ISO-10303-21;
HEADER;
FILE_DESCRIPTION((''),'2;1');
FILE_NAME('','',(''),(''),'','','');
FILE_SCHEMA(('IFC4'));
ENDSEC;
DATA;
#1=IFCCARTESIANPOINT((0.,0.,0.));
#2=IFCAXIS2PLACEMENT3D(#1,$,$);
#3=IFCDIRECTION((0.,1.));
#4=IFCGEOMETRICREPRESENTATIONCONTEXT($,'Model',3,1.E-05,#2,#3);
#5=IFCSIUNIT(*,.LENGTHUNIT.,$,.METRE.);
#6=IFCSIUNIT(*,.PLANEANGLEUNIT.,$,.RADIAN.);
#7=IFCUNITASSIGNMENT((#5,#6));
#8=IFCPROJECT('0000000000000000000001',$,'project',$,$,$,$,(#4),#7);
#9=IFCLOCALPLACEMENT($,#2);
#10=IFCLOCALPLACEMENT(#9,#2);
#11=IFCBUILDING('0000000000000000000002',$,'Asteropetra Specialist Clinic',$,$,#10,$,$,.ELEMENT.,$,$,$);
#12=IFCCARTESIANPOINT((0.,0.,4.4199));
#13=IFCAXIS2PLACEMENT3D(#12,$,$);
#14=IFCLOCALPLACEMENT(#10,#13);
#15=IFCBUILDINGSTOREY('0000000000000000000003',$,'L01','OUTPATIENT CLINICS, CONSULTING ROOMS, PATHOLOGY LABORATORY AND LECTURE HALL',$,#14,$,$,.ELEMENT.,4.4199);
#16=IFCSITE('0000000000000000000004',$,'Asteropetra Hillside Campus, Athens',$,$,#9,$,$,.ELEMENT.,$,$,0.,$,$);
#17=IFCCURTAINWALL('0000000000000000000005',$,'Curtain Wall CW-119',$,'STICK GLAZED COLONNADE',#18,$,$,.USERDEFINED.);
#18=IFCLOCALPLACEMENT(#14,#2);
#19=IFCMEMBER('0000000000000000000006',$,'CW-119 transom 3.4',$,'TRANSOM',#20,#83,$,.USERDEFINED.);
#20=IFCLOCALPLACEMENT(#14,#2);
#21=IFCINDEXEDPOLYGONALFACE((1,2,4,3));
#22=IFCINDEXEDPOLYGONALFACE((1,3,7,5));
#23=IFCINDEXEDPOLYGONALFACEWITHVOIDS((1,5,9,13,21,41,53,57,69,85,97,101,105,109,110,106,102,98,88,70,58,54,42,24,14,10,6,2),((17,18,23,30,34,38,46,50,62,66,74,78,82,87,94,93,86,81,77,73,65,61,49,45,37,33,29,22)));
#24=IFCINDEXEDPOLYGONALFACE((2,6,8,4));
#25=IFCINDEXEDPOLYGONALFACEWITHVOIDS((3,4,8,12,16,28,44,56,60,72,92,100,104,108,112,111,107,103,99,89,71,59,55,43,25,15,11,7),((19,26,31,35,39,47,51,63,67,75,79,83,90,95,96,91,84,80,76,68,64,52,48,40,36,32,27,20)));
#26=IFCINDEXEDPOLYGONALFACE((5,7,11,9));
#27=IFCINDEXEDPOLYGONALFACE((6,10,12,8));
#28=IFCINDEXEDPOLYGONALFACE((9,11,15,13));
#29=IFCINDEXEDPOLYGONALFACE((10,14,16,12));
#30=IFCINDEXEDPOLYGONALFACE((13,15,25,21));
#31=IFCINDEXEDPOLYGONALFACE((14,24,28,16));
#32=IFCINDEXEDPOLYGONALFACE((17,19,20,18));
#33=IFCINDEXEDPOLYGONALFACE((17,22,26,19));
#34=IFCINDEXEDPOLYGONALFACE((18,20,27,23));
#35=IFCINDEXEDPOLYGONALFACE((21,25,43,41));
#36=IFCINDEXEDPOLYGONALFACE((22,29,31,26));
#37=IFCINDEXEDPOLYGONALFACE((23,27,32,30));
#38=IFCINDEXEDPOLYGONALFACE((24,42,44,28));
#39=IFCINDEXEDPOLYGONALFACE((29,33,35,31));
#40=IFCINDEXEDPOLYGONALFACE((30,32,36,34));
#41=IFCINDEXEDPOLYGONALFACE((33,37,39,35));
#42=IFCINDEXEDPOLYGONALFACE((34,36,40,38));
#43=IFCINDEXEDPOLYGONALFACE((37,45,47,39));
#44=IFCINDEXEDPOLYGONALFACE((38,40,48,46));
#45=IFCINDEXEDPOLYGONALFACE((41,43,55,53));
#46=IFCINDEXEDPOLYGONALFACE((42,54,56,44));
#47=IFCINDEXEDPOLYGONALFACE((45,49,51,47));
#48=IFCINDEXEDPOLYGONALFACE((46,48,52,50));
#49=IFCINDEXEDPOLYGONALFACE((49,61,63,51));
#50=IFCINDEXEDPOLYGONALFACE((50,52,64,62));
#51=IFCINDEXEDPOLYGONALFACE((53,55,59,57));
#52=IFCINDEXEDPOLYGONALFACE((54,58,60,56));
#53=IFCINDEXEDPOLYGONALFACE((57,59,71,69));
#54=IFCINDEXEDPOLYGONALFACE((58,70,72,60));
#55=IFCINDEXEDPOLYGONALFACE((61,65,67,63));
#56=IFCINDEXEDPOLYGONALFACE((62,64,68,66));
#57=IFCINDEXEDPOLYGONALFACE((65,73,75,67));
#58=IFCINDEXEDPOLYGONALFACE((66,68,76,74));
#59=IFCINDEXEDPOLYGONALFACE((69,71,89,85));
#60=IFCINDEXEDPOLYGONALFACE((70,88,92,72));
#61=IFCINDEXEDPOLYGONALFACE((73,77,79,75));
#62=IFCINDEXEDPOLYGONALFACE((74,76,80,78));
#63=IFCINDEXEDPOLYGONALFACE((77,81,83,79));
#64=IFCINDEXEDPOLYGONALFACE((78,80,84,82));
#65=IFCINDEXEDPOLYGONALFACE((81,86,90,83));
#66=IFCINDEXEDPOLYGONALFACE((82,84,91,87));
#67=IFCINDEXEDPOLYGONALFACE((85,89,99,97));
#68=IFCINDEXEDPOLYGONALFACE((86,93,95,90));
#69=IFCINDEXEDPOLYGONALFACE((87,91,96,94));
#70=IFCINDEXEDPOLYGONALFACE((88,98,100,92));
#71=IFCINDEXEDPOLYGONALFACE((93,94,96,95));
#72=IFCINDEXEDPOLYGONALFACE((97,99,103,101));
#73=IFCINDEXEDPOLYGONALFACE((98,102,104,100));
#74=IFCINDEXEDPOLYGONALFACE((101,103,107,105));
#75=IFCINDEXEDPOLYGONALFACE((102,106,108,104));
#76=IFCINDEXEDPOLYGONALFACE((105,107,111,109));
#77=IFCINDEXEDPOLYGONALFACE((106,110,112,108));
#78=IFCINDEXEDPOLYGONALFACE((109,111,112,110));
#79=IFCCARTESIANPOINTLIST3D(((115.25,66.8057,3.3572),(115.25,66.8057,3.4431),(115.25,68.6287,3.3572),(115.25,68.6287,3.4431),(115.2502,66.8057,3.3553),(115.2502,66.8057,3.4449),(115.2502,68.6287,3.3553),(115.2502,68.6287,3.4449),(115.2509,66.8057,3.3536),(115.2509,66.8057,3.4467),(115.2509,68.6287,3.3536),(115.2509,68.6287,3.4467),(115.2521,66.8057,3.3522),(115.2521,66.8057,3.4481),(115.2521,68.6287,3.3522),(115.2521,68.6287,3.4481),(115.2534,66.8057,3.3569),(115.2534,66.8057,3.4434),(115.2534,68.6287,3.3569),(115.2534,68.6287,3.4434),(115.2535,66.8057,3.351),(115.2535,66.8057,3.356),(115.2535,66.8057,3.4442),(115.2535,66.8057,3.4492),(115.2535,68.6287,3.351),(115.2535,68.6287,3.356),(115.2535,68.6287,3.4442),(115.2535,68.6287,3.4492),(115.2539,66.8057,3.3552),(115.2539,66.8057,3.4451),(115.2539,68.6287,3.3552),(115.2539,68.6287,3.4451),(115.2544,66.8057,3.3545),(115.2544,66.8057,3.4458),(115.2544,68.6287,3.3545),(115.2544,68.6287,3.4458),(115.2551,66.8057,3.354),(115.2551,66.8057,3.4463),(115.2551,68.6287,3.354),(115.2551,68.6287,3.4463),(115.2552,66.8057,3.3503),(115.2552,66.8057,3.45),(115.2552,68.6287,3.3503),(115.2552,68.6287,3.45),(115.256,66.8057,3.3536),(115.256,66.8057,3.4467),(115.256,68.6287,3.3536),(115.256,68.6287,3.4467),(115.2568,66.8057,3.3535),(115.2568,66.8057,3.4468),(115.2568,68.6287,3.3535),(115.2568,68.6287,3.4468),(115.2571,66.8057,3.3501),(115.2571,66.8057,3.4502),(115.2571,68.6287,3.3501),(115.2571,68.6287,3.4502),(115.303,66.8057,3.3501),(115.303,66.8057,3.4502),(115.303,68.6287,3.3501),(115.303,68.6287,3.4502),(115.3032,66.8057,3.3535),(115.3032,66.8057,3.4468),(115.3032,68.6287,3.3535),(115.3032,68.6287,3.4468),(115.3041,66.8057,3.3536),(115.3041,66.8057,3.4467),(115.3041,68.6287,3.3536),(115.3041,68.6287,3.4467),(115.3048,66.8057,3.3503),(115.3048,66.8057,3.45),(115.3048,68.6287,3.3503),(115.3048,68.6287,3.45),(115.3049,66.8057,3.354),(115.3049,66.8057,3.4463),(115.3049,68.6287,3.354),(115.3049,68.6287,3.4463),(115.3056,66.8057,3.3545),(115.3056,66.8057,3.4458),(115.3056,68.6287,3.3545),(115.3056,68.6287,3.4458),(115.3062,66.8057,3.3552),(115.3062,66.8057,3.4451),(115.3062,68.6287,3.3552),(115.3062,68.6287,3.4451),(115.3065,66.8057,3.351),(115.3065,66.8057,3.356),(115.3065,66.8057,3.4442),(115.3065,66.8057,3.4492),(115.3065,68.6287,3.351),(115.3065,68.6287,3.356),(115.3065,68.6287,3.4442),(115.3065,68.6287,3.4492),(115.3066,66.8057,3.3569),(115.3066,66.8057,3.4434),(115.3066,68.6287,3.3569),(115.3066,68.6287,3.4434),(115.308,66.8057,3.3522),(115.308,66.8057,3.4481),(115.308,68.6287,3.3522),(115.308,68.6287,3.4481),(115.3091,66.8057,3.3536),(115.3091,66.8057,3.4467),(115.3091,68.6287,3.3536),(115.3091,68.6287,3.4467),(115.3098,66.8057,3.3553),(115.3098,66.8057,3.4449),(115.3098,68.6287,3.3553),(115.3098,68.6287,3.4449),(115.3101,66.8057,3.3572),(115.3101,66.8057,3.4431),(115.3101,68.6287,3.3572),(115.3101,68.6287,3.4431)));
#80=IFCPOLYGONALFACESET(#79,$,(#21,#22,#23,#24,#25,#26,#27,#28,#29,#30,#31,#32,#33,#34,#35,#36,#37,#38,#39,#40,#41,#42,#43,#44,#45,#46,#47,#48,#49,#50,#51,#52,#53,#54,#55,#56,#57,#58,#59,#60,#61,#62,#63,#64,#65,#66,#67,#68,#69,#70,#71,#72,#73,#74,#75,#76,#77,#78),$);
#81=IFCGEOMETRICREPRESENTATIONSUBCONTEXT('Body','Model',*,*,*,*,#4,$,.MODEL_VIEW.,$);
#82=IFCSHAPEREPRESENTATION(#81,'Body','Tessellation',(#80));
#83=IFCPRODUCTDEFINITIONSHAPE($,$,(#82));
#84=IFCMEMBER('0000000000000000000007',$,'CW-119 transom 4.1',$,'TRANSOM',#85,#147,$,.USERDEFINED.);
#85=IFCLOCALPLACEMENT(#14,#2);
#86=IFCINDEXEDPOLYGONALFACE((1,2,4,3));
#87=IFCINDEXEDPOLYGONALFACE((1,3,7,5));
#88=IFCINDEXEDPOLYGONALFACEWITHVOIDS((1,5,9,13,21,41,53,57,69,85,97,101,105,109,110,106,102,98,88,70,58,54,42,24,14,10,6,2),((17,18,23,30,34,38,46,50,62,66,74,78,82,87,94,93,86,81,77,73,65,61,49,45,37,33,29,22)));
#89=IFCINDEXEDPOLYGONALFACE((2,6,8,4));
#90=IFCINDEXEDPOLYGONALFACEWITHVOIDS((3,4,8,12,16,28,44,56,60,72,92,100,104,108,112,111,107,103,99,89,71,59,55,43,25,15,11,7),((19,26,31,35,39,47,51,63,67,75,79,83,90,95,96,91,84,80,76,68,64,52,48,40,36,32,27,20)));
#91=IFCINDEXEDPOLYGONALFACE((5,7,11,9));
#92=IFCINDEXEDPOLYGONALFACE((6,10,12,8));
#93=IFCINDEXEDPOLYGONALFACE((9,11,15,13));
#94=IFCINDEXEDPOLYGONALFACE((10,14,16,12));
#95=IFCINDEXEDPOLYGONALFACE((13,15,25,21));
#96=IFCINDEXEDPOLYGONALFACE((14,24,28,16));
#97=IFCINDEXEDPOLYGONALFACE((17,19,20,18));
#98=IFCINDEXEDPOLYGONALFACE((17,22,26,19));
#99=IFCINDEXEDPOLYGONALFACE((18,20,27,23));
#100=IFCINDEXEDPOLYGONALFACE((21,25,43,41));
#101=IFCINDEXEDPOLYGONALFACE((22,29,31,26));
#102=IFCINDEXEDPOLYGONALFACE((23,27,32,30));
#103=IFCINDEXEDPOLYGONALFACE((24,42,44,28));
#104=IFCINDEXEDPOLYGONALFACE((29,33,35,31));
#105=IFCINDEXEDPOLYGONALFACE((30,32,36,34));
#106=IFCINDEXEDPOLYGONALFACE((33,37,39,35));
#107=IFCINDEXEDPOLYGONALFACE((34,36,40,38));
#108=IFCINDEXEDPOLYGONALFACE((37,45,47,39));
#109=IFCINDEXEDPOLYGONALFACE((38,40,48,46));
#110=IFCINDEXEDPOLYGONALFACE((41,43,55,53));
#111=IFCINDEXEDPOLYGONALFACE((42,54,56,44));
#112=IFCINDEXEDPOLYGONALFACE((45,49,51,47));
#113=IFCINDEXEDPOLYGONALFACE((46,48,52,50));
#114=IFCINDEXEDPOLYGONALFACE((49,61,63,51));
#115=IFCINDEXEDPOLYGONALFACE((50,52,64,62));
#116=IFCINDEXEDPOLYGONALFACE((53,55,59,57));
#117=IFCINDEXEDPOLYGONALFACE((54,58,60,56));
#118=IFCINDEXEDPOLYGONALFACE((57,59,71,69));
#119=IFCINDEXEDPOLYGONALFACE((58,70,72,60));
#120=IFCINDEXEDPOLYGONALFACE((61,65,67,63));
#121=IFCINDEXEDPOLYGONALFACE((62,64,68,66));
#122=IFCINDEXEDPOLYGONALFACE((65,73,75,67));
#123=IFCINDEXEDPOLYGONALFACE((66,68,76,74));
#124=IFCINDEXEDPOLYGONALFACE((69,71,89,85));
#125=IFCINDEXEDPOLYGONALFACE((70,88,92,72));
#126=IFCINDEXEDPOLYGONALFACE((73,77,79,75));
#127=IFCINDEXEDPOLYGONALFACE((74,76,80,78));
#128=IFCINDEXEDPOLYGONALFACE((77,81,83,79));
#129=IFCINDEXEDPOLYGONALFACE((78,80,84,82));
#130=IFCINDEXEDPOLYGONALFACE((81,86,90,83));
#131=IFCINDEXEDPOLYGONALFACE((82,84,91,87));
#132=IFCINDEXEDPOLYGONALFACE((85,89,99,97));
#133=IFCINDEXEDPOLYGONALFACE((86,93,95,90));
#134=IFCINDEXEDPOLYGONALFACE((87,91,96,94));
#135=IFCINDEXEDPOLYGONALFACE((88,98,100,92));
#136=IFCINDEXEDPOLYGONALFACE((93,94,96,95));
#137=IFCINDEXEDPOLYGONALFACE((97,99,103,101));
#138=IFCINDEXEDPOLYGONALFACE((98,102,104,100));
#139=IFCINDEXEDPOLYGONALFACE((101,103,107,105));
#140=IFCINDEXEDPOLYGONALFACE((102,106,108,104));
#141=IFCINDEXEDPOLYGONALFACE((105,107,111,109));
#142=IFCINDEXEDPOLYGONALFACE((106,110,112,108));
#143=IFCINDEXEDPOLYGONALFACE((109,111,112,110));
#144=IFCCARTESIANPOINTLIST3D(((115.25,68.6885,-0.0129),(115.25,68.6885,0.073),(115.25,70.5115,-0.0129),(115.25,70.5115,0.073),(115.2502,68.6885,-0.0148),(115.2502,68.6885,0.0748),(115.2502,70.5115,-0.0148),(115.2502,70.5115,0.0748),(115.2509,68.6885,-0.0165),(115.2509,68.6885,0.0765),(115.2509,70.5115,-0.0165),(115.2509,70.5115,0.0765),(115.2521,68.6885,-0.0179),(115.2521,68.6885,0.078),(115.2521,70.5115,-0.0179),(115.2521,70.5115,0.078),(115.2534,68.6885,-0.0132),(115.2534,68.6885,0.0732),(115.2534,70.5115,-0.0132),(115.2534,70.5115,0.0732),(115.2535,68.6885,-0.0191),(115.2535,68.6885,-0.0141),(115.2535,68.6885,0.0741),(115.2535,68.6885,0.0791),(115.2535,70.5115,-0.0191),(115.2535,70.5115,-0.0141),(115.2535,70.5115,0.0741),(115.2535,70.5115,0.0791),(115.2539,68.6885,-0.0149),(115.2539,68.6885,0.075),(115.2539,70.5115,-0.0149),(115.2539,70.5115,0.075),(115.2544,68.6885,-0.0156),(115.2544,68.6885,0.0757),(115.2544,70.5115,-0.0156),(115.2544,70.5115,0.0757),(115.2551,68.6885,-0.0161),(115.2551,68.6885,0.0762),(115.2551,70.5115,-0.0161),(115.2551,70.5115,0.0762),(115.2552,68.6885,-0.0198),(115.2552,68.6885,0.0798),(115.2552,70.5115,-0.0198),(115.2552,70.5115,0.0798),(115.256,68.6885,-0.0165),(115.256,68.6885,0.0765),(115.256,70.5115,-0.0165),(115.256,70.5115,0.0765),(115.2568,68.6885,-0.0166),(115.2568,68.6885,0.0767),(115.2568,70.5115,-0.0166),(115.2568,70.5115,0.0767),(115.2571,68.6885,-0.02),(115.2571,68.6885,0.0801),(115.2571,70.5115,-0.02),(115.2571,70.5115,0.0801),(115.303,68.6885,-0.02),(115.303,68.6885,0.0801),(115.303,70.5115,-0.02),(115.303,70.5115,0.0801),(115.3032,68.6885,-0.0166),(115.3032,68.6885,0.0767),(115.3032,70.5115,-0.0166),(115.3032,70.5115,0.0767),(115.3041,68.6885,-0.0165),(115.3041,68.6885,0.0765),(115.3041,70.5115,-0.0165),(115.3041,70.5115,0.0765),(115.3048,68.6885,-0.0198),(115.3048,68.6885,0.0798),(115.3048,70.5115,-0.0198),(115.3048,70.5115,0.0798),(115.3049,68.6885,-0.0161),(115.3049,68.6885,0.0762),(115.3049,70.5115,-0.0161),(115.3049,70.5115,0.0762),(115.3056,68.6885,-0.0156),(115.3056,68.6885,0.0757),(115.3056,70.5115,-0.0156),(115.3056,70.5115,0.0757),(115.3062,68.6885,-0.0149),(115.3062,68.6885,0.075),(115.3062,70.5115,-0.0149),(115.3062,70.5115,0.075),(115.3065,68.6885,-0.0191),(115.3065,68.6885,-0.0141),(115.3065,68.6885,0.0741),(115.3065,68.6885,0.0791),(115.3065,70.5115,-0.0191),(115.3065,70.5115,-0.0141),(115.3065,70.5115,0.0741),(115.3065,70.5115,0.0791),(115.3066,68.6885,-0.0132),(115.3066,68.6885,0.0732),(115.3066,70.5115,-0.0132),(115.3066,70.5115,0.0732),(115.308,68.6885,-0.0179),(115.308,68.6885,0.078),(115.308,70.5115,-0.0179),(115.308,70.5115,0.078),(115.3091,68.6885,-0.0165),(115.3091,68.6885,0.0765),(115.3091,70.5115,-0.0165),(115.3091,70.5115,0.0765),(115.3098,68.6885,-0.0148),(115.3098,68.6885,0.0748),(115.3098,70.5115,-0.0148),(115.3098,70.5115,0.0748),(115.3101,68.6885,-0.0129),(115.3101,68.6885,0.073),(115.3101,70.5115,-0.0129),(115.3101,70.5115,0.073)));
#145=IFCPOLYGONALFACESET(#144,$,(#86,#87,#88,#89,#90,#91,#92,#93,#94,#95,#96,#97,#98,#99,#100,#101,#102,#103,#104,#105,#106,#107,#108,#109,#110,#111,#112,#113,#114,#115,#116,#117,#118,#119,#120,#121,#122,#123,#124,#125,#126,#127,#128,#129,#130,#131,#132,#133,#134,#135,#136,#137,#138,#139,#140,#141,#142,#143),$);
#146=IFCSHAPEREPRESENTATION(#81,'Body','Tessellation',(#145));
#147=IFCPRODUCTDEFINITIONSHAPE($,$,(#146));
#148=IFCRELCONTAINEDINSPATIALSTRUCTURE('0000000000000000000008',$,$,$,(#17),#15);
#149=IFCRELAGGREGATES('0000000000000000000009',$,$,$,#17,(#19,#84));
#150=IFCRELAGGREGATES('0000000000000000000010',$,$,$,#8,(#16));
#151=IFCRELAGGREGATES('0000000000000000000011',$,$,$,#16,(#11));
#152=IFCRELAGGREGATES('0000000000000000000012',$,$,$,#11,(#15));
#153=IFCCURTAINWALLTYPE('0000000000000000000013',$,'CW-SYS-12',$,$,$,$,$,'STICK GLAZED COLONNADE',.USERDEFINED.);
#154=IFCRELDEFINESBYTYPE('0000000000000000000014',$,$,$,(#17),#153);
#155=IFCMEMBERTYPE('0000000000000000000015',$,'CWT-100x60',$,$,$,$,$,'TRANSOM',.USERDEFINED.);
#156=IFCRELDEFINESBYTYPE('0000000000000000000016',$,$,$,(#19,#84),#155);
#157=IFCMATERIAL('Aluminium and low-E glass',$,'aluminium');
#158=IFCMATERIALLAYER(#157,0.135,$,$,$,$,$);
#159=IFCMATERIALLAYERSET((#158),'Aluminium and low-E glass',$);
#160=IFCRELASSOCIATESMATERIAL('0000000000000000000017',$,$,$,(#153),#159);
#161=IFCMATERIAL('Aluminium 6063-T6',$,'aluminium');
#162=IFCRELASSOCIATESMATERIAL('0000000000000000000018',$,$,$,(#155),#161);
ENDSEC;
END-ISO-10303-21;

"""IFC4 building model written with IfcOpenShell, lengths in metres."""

from ifc_helpers import new_model, si_unit, direction, frame, origin, origin_2d, place, context, subcontext, project, spatial, hollow_rectangle, extrude, material, layer, layer_set, material_profile, profile_set, type_object, element, aggregate, save


model = new_model("IFC4")

# Units and contexts
model_context = context("Model", 3, precision=1e-05, world=origin(), true_north=direction((0.0, 1.0)))
body_context = subcontext(model_context, "Body", "Model", "MODEL_VIEW")
ifc_project = project(units=[si_unit("LENGTHUNIT", "METRE"), si_unit("PLANEANGLEUNIT", "RADIAN")], contexts=[model_context])

# Site, building, storey
site_placement = place(None, origin())
site = spatial("IfcSite", under=ifc_project, at=site_placement, Name="Asteropetra Hillside Campus, Athens", CompositionType="ELEMENT", RefElevation=0.0)
building_placement = place(site_placement, origin())
building = spatial("IfcBuilding", under=site, at=building_placement, Name="Asteropetra Specialist Clinic", CompositionType="ELEMENT")
storey_placement = place(building_placement, frame((0.0, 0.0, 4.4199)))
storey = spatial("IfcBuildingStorey", under=building, at=storey_placement, Name="L01", Description="OUTPATIENT CLINICS, CONSULTING ROOMS, PATHOLOGY LABORATORY AND LECTURE HALL", CompositionType="ELEMENT", Elevation=4.4199)

# Curtain wall, members
ifc_material_1 = material(Name="Aluminium and low-E glass", Category="aluminium")
ifc_layer_1 = layer(ifc_material_1, 0.135)
ifc_layer_set_1 = layer_set([ifc_layer_1], Name="Aluminium and low-E glass")
curtain_wall_type = type_object("IfcCurtainWallType", Name="CW-SYS-12", ElementType="STICK GLAZED COLONNADE", PredefinedType="USERDEFINED", material=ifc_layer_set_1)
curtain_wall_placement = place(storey_placement, origin())
curtain_wall = element("IfcCurtainWall", 1, at=curtain_wall_placement, inside=storey, type_object=curtain_wall_type, Name="Curtain Wall CW-119", ObjectType="STICK GLAZED COLONNADE", PredefinedType="USERDEFINED")
ifc_material_2 = material(Name="Aluminium 6063-T6", Category="aluminium")
ifc_material_profile_1 = material_profile(ifc_material_2, hollow_rectangle(XDim=0.0601, YDim=0.1001, WallThickness=0.0034, InnerFilletRadius=0.0034, OuterFilletRadius=0.0071, at=origin_2d()), Name="TRN 100x60x3.5")
ifc_profile_set_1 = profile_set([ifc_material_profile_1], Name="Aluminium 6063-T6")
member_type_1 = type_object("IfcMemberType", Name="CWT-100x60", ElementType="TRANSOM", PredefinedType="USERDEFINED", material=ifc_profile_set_1)
member_1_placement = place(storey_placement, frame((115.28, 66.8057, 3.4001), z_axis=(0.0, 1.0, 0.0), x_axis=(-1.0, 0.0, 0.0)))
member_1 = element("IfcMember", 2, at=member_1_placement, type_object=member_type_1, Name="CW-119 transom 3.4", ObjectType="TRANSOM", PredefinedType="USERDEFINED", context=body_context, shape_type="SweptSolid", body=[
    extrude(hollow_rectangle(XDim=0.0601, YDim=0.1001, WallThickness=0.0034, InnerFilletRadius=0.0034, OuterFilletRadius=0.0071, at=origin_2d()), origin(), (0.0, 0.0, 1.0), 1.823),
])
member_2_placement = place(storey_placement, frame((115.28, 68.6885, 0.03), z_axis=(0.0, 1.0, 0.0), x_axis=(-1.0, 0.0, 0.0)))
member_2 = element("IfcMember", 3, at=member_2_placement, type_object=member_type_1, Name="CW-119 transom 4.1", ObjectType="TRANSOM", PredefinedType="USERDEFINED", context=body_context, shape_type="SweptSolid", body=[
    extrude(hollow_rectangle(XDim=0.0601, YDim=0.1001, WallThickness=0.0034, InnerFilletRadius=0.0034, OuterFilletRadius=0.0071, at=origin_2d()), origin(), (0.0, 0.0, 1.0), 1.823),
])

aggregate(curtain_wall, [member_1, member_2])

save(model, "model.ifc")
